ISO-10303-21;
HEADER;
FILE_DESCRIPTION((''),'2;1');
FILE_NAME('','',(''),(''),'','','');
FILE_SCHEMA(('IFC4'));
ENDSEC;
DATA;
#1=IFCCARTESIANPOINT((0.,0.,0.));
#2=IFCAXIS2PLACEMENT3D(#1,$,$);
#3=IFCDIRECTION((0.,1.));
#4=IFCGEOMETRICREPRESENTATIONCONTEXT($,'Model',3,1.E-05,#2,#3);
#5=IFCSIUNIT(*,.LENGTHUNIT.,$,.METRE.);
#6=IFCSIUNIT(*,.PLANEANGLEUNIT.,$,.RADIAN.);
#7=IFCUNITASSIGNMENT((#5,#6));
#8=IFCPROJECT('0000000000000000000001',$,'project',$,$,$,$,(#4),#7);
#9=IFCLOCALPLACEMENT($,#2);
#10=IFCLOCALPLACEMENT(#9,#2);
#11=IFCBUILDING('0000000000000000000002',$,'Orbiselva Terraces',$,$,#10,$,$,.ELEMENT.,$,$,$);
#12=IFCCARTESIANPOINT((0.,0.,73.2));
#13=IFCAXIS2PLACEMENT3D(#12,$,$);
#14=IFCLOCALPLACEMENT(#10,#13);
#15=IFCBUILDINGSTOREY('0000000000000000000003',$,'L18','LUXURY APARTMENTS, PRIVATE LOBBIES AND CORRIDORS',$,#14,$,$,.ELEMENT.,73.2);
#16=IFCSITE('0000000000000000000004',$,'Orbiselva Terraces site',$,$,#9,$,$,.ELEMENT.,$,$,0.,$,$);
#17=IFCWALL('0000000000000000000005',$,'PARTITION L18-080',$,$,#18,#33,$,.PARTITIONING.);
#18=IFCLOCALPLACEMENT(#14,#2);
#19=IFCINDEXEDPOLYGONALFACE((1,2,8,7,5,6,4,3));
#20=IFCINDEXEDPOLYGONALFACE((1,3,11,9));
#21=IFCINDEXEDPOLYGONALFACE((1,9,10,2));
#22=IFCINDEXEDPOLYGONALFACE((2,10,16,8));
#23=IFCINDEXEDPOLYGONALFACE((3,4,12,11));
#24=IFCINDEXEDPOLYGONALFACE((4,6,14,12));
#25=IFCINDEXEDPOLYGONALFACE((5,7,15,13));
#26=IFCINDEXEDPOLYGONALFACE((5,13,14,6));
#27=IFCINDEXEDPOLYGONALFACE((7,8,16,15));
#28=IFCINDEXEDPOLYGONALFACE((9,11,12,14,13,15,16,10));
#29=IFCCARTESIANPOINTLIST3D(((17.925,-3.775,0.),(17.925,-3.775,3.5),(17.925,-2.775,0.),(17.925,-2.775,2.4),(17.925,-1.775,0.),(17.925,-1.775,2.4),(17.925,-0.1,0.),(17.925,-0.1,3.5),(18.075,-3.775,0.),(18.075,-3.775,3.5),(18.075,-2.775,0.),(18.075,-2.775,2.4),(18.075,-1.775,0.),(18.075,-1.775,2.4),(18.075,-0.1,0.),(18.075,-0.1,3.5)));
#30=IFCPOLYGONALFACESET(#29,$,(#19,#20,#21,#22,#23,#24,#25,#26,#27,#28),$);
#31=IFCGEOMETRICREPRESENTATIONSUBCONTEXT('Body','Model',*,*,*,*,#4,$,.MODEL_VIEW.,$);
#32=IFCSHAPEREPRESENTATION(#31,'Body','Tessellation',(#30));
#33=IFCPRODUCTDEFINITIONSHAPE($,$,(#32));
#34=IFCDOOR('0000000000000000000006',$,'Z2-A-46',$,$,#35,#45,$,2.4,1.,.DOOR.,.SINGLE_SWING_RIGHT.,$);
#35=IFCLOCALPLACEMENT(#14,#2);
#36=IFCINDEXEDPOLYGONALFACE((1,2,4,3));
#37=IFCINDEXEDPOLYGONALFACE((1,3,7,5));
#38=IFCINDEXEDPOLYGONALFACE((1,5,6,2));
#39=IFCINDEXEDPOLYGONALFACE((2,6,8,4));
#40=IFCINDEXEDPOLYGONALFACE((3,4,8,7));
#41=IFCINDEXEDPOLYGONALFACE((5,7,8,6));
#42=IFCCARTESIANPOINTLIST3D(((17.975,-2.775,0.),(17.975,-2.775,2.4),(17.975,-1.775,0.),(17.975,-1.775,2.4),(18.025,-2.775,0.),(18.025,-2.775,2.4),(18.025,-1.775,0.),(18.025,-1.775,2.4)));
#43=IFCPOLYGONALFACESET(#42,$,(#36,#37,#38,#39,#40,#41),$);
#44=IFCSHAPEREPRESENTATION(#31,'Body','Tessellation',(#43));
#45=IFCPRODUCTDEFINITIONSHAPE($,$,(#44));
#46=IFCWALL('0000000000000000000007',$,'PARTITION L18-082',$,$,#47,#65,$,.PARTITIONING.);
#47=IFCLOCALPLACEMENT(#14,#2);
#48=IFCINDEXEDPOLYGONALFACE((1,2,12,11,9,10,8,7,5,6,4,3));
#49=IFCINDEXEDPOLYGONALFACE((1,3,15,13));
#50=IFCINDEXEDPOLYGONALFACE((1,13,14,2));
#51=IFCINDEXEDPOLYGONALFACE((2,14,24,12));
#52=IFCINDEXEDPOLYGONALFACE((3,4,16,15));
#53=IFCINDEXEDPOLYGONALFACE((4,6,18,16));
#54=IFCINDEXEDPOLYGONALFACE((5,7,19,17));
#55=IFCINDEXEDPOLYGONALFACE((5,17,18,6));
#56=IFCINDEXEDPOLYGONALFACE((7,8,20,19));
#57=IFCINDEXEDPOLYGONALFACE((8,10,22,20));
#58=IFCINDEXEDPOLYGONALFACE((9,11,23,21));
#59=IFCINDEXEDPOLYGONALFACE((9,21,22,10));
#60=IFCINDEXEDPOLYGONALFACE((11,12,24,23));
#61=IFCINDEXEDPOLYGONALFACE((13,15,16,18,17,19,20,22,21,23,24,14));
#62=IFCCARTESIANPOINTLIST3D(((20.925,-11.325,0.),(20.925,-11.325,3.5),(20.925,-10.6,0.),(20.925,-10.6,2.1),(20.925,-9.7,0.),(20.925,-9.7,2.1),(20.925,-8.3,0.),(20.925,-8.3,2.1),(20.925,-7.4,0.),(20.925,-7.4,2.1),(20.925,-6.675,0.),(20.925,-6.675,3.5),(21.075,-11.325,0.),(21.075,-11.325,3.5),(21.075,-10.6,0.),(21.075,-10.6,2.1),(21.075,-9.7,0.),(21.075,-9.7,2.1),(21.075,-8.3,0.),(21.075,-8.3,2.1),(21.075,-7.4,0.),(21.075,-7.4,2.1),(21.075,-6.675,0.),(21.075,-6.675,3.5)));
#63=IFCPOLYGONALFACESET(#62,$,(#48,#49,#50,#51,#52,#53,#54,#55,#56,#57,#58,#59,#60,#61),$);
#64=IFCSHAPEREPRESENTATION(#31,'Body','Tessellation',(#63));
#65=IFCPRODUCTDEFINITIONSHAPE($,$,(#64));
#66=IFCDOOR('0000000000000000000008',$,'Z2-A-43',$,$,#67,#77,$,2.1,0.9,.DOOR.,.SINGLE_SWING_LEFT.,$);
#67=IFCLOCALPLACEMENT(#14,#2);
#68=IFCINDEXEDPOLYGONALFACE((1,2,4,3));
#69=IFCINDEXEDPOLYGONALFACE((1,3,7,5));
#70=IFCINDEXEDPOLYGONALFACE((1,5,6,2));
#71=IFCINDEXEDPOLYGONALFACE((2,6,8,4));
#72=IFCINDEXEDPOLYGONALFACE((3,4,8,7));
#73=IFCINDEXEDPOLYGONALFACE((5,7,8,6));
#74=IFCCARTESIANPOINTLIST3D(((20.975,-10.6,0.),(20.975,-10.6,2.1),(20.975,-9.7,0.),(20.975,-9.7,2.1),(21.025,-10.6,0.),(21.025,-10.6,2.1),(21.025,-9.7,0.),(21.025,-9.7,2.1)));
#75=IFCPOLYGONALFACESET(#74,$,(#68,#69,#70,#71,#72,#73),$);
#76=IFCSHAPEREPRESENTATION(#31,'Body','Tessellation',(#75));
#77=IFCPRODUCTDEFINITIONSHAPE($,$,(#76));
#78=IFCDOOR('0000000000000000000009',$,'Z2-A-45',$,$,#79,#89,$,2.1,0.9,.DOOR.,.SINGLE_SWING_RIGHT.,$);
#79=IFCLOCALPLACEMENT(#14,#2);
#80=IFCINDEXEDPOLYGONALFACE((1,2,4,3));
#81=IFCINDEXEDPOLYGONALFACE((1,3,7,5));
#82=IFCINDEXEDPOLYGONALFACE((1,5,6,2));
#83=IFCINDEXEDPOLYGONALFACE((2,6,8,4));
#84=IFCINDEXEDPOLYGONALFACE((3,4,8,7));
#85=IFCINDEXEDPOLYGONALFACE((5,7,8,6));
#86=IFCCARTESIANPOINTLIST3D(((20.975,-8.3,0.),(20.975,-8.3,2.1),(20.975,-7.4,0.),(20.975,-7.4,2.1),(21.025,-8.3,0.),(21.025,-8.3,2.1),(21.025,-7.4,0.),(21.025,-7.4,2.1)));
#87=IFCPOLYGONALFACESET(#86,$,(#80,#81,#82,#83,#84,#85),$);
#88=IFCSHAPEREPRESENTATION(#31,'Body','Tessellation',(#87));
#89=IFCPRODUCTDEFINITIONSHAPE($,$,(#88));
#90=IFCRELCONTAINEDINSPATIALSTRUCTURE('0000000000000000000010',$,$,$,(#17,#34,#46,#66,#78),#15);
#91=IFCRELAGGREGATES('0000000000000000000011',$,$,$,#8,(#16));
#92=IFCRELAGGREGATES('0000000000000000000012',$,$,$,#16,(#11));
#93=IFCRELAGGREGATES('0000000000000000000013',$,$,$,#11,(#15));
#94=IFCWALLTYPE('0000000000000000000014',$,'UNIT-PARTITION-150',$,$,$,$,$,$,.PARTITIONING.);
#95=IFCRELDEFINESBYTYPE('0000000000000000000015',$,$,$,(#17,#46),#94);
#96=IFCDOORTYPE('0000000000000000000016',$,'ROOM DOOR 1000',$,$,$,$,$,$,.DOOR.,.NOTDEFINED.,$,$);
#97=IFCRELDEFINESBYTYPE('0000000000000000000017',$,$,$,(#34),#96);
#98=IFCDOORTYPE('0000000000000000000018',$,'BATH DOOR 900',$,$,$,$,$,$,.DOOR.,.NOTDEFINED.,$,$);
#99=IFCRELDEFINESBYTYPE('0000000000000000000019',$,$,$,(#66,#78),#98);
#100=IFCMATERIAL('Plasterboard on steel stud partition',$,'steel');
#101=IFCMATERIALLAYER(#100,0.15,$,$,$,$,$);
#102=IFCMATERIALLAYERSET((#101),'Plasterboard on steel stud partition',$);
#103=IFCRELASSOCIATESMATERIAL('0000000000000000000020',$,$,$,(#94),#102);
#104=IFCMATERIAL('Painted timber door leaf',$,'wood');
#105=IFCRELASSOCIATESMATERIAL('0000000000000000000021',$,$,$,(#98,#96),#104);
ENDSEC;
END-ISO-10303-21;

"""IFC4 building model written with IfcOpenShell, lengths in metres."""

from ifc_helpers import new_model, si_unit, direction, frame, frame_2d, origin, place, context, subcontext, project, spatial, rectangle, extrude, material, layer, layer_set, type_object, element, fill, save


model = new_model("IFC4")

# Units and contexts
model_context = context("Model", 3, precision=1e-05, world=origin(), true_north=direction((0.0, 1.0)))
body_context = subcontext(model_context, "Body", "Model", "MODEL_VIEW")
ifc_project = project(units=[si_unit("LENGTHUNIT", "METRE"), si_unit("PLANEANGLEUNIT", "RADIAN")], contexts=[model_context])

# Site, building, storey
site_placement = place(None, origin())
site = spatial("IfcSite", under=ifc_project, at=site_placement, Name="Orbiselva Terraces site", CompositionType="ELEMENT", RefElevation=0.0)
building_placement = place(site_placement, origin())
building = spatial("IfcBuilding", under=site, at=building_placement, Name="Orbiselva Terraces", CompositionType="ELEMENT")
storey_placement = place(building_placement, frame((0.0, 0.0, 73.2)))
storey = spatial("IfcBuildingStorey", under=building, at=storey_placement, Name="L18", Description="LUXURY APARTMENTS, PRIVATE LOBBIES AND CORRIDORS", CompositionType="ELEMENT", Elevation=73.2)

# Shared definitions
ifc_material_1 = material(Name="Plasterboard on steel stud partition", Category="steel")
ifc_layer_1 = layer(ifc_material_1, 0.15)
ifc_layer_set_1 = layer_set([ifc_layer_1], Name="Plasterboard on steel stud partition")
wall_type_1 = type_object("IfcWallType", Name="UNIT-PARTITION-150", PredefinedType="PARTITIONING", material=ifc_layer_set_1)

# Shared definitions
ifc_material_2 = material(Name="Painted timber door leaf", Category="wood")
door_type_1 = type_object("IfcDoorType", Name="BATH DOOR 900", OperationType="NOTDEFINED", PredefinedType="DOOR", material=ifc_material_2)

# Shared definitions
door_type_2 = type_object("IfcDoorType", Name="ROOM DOOR 1000", OperationType="NOTDEFINED", PredefinedType="DOOR", material=ifc_material_2)

# Wall, opening, door
wall_1_placement = place(storey_placement, frame((18.0, -0.1, 0.0), z_axis=(0.0, 0.0, 1.0), x_axis=(0.0, -1.0, 0.0)))
wall_1 = element("IfcWall", 1, at=wall_1_placement, inside=storey, type_object=wall_type_1, Name="PARTITION L18-080", PredefinedType="PARTITIONING", context=body_context, shape_type="SweptSolid", body=[
    extrude(rectangle(XDim=3.675, YDim=0.15, at=frame_2d((1.8375, 0.0))), origin(), (0.0, 0.0, 1.0), 3.5),
])
opening_1_placement = place(wall_1_placement, frame((1.675, 0.0, 0.0)))
opening_1 = element("IfcOpeningElement", 2, at=opening_1_placement, cuts=wall_1, PredefinedType="OPENING", context=body_context, shape_type="SweptSolid", body=[
    extrude(rectangle(XDim=1.0, YDim=2.4, at=frame_2d((0.5, 1.2))), frame((0.0, 0.085, 0.0), z_axis=(0.0, -1.0, 0.0), x_axis=(1.0, 0.0, 0.0)), (0.0, 0.0, 1.0), 0.17),
])
door_1_placement = place(opening_1_placement, origin())
door_1 = element("IfcDoor", 3, at=door_1_placement, inside=storey, type_object=door_type_2, Name="Z2-A-46", OperationType="SINGLE_SWING_RIGHT", OverallHeight=2.4, OverallWidth=1.0, PredefinedType="DOOR", context=body_context, shape_type="SweptSolid", body=[
    extrude(rectangle(XDim=1.0, YDim=2.4, at=frame_2d((0.5, 1.2))), frame((0.0, 0.025, 0.0), z_axis=(0.0, -1.0, 0.0), x_axis=(1.0, 0.0, 0.0)), (0.0, 0.0, 1.0), 0.05),
])
fill(opening_1, door_1)

# Wall, openings, doors
wall_2_placement = place(storey_placement, frame((21.0, -11.325, 0.0), z_axis=(0.0, 0.0, 1.0), x_axis=(0.0, 1.0, 0.0)))
wall_2 = element("IfcWall", 4, at=wall_2_placement, inside=storey, type_object=wall_type_1, Name="PARTITION L18-082", PredefinedType="PARTITIONING", context=body_context, shape_type="SweptSolid", body=[
    extrude(rectangle(XDim=4.65, YDim=0.15, at=frame_2d((2.325, 0.0))), origin(), (0.0, 0.0, 1.0), 3.5),
])
opening_2_placement = place(wall_2_placement, frame((0.725, 0.0, 0.0)))
opening_2 = element("IfcOpeningElement", 5, at=opening_2_placement, cuts=wall_2, PredefinedType="OPENING", context=body_context, shape_type="SweptSolid", body=[
    extrude(rectangle(XDim=0.9, YDim=2.1, at=frame_2d((0.45, 1.05))), frame((0.0, 0.085, 0.0), z_axis=(0.0, -1.0, 0.0), x_axis=(1.0, 0.0, 0.0)), (0.0, 0.0, 1.0), 0.17),
])
opening_3_placement = place(wall_2_placement, frame((3.025, 0.0, 0.0)))
opening_3 = element("IfcOpeningElement", 6, at=opening_3_placement, cuts=wall_2, PredefinedType="OPENING", context=body_context, shape_type="SweptSolid", body=[
    extrude(rectangle(XDim=0.9, YDim=2.1, at=frame_2d((0.45, 1.05))), frame((0.0, 0.085, 0.0), z_axis=(0.0, -1.0, 0.0), x_axis=(1.0, 0.0, 0.0)), (0.0, 0.0, 1.0), 0.17),
])
door_2_placement = place(opening_2_placement, origin())
door_2 = element("IfcDoor", 7, at=door_2_placement, inside=storey, type_object=door_type_1, Name="Z2-A-43", OperationType="SINGLE_SWING_LEFT", OverallHeight=2.1, OverallWidth=0.9, PredefinedType="DOOR", context=body_context, shape_type="SweptSolid", body=[
    extrude(rectangle(XDim=0.9, YDim=2.1, at=frame_2d((0.45, 1.05))), frame((0.0, 0.025, 0.0), z_axis=(0.0, -1.0, 0.0), x_axis=(1.0, 0.0, 0.0)), (0.0, 0.0, 1.0), 0.05),
])
fill(opening_2, door_2)
door_3_placement = place(opening_3_placement, origin())
door_3 = element("IfcDoor", 8, at=door_3_placement, inside=storey, type_object=door_type_1, Name="Z2-A-45", OperationType="SINGLE_SWING_RIGHT", OverallHeight=2.1, OverallWidth=0.9, PredefinedType="DOOR", context=body_context, shape_type="SweptSolid", body=[
    extrude(rectangle(XDim=0.9, YDim=2.1, at=frame_2d((0.45, 1.05))), frame((0.0, 0.025, 0.0), z_axis=(0.0, -1.0, 0.0), x_axis=(1.0, 0.0, 0.0)), (0.0, 0.0, 1.0), 0.05),
])
fill(opening_3, door_3)

save(model, "model.ifc")
